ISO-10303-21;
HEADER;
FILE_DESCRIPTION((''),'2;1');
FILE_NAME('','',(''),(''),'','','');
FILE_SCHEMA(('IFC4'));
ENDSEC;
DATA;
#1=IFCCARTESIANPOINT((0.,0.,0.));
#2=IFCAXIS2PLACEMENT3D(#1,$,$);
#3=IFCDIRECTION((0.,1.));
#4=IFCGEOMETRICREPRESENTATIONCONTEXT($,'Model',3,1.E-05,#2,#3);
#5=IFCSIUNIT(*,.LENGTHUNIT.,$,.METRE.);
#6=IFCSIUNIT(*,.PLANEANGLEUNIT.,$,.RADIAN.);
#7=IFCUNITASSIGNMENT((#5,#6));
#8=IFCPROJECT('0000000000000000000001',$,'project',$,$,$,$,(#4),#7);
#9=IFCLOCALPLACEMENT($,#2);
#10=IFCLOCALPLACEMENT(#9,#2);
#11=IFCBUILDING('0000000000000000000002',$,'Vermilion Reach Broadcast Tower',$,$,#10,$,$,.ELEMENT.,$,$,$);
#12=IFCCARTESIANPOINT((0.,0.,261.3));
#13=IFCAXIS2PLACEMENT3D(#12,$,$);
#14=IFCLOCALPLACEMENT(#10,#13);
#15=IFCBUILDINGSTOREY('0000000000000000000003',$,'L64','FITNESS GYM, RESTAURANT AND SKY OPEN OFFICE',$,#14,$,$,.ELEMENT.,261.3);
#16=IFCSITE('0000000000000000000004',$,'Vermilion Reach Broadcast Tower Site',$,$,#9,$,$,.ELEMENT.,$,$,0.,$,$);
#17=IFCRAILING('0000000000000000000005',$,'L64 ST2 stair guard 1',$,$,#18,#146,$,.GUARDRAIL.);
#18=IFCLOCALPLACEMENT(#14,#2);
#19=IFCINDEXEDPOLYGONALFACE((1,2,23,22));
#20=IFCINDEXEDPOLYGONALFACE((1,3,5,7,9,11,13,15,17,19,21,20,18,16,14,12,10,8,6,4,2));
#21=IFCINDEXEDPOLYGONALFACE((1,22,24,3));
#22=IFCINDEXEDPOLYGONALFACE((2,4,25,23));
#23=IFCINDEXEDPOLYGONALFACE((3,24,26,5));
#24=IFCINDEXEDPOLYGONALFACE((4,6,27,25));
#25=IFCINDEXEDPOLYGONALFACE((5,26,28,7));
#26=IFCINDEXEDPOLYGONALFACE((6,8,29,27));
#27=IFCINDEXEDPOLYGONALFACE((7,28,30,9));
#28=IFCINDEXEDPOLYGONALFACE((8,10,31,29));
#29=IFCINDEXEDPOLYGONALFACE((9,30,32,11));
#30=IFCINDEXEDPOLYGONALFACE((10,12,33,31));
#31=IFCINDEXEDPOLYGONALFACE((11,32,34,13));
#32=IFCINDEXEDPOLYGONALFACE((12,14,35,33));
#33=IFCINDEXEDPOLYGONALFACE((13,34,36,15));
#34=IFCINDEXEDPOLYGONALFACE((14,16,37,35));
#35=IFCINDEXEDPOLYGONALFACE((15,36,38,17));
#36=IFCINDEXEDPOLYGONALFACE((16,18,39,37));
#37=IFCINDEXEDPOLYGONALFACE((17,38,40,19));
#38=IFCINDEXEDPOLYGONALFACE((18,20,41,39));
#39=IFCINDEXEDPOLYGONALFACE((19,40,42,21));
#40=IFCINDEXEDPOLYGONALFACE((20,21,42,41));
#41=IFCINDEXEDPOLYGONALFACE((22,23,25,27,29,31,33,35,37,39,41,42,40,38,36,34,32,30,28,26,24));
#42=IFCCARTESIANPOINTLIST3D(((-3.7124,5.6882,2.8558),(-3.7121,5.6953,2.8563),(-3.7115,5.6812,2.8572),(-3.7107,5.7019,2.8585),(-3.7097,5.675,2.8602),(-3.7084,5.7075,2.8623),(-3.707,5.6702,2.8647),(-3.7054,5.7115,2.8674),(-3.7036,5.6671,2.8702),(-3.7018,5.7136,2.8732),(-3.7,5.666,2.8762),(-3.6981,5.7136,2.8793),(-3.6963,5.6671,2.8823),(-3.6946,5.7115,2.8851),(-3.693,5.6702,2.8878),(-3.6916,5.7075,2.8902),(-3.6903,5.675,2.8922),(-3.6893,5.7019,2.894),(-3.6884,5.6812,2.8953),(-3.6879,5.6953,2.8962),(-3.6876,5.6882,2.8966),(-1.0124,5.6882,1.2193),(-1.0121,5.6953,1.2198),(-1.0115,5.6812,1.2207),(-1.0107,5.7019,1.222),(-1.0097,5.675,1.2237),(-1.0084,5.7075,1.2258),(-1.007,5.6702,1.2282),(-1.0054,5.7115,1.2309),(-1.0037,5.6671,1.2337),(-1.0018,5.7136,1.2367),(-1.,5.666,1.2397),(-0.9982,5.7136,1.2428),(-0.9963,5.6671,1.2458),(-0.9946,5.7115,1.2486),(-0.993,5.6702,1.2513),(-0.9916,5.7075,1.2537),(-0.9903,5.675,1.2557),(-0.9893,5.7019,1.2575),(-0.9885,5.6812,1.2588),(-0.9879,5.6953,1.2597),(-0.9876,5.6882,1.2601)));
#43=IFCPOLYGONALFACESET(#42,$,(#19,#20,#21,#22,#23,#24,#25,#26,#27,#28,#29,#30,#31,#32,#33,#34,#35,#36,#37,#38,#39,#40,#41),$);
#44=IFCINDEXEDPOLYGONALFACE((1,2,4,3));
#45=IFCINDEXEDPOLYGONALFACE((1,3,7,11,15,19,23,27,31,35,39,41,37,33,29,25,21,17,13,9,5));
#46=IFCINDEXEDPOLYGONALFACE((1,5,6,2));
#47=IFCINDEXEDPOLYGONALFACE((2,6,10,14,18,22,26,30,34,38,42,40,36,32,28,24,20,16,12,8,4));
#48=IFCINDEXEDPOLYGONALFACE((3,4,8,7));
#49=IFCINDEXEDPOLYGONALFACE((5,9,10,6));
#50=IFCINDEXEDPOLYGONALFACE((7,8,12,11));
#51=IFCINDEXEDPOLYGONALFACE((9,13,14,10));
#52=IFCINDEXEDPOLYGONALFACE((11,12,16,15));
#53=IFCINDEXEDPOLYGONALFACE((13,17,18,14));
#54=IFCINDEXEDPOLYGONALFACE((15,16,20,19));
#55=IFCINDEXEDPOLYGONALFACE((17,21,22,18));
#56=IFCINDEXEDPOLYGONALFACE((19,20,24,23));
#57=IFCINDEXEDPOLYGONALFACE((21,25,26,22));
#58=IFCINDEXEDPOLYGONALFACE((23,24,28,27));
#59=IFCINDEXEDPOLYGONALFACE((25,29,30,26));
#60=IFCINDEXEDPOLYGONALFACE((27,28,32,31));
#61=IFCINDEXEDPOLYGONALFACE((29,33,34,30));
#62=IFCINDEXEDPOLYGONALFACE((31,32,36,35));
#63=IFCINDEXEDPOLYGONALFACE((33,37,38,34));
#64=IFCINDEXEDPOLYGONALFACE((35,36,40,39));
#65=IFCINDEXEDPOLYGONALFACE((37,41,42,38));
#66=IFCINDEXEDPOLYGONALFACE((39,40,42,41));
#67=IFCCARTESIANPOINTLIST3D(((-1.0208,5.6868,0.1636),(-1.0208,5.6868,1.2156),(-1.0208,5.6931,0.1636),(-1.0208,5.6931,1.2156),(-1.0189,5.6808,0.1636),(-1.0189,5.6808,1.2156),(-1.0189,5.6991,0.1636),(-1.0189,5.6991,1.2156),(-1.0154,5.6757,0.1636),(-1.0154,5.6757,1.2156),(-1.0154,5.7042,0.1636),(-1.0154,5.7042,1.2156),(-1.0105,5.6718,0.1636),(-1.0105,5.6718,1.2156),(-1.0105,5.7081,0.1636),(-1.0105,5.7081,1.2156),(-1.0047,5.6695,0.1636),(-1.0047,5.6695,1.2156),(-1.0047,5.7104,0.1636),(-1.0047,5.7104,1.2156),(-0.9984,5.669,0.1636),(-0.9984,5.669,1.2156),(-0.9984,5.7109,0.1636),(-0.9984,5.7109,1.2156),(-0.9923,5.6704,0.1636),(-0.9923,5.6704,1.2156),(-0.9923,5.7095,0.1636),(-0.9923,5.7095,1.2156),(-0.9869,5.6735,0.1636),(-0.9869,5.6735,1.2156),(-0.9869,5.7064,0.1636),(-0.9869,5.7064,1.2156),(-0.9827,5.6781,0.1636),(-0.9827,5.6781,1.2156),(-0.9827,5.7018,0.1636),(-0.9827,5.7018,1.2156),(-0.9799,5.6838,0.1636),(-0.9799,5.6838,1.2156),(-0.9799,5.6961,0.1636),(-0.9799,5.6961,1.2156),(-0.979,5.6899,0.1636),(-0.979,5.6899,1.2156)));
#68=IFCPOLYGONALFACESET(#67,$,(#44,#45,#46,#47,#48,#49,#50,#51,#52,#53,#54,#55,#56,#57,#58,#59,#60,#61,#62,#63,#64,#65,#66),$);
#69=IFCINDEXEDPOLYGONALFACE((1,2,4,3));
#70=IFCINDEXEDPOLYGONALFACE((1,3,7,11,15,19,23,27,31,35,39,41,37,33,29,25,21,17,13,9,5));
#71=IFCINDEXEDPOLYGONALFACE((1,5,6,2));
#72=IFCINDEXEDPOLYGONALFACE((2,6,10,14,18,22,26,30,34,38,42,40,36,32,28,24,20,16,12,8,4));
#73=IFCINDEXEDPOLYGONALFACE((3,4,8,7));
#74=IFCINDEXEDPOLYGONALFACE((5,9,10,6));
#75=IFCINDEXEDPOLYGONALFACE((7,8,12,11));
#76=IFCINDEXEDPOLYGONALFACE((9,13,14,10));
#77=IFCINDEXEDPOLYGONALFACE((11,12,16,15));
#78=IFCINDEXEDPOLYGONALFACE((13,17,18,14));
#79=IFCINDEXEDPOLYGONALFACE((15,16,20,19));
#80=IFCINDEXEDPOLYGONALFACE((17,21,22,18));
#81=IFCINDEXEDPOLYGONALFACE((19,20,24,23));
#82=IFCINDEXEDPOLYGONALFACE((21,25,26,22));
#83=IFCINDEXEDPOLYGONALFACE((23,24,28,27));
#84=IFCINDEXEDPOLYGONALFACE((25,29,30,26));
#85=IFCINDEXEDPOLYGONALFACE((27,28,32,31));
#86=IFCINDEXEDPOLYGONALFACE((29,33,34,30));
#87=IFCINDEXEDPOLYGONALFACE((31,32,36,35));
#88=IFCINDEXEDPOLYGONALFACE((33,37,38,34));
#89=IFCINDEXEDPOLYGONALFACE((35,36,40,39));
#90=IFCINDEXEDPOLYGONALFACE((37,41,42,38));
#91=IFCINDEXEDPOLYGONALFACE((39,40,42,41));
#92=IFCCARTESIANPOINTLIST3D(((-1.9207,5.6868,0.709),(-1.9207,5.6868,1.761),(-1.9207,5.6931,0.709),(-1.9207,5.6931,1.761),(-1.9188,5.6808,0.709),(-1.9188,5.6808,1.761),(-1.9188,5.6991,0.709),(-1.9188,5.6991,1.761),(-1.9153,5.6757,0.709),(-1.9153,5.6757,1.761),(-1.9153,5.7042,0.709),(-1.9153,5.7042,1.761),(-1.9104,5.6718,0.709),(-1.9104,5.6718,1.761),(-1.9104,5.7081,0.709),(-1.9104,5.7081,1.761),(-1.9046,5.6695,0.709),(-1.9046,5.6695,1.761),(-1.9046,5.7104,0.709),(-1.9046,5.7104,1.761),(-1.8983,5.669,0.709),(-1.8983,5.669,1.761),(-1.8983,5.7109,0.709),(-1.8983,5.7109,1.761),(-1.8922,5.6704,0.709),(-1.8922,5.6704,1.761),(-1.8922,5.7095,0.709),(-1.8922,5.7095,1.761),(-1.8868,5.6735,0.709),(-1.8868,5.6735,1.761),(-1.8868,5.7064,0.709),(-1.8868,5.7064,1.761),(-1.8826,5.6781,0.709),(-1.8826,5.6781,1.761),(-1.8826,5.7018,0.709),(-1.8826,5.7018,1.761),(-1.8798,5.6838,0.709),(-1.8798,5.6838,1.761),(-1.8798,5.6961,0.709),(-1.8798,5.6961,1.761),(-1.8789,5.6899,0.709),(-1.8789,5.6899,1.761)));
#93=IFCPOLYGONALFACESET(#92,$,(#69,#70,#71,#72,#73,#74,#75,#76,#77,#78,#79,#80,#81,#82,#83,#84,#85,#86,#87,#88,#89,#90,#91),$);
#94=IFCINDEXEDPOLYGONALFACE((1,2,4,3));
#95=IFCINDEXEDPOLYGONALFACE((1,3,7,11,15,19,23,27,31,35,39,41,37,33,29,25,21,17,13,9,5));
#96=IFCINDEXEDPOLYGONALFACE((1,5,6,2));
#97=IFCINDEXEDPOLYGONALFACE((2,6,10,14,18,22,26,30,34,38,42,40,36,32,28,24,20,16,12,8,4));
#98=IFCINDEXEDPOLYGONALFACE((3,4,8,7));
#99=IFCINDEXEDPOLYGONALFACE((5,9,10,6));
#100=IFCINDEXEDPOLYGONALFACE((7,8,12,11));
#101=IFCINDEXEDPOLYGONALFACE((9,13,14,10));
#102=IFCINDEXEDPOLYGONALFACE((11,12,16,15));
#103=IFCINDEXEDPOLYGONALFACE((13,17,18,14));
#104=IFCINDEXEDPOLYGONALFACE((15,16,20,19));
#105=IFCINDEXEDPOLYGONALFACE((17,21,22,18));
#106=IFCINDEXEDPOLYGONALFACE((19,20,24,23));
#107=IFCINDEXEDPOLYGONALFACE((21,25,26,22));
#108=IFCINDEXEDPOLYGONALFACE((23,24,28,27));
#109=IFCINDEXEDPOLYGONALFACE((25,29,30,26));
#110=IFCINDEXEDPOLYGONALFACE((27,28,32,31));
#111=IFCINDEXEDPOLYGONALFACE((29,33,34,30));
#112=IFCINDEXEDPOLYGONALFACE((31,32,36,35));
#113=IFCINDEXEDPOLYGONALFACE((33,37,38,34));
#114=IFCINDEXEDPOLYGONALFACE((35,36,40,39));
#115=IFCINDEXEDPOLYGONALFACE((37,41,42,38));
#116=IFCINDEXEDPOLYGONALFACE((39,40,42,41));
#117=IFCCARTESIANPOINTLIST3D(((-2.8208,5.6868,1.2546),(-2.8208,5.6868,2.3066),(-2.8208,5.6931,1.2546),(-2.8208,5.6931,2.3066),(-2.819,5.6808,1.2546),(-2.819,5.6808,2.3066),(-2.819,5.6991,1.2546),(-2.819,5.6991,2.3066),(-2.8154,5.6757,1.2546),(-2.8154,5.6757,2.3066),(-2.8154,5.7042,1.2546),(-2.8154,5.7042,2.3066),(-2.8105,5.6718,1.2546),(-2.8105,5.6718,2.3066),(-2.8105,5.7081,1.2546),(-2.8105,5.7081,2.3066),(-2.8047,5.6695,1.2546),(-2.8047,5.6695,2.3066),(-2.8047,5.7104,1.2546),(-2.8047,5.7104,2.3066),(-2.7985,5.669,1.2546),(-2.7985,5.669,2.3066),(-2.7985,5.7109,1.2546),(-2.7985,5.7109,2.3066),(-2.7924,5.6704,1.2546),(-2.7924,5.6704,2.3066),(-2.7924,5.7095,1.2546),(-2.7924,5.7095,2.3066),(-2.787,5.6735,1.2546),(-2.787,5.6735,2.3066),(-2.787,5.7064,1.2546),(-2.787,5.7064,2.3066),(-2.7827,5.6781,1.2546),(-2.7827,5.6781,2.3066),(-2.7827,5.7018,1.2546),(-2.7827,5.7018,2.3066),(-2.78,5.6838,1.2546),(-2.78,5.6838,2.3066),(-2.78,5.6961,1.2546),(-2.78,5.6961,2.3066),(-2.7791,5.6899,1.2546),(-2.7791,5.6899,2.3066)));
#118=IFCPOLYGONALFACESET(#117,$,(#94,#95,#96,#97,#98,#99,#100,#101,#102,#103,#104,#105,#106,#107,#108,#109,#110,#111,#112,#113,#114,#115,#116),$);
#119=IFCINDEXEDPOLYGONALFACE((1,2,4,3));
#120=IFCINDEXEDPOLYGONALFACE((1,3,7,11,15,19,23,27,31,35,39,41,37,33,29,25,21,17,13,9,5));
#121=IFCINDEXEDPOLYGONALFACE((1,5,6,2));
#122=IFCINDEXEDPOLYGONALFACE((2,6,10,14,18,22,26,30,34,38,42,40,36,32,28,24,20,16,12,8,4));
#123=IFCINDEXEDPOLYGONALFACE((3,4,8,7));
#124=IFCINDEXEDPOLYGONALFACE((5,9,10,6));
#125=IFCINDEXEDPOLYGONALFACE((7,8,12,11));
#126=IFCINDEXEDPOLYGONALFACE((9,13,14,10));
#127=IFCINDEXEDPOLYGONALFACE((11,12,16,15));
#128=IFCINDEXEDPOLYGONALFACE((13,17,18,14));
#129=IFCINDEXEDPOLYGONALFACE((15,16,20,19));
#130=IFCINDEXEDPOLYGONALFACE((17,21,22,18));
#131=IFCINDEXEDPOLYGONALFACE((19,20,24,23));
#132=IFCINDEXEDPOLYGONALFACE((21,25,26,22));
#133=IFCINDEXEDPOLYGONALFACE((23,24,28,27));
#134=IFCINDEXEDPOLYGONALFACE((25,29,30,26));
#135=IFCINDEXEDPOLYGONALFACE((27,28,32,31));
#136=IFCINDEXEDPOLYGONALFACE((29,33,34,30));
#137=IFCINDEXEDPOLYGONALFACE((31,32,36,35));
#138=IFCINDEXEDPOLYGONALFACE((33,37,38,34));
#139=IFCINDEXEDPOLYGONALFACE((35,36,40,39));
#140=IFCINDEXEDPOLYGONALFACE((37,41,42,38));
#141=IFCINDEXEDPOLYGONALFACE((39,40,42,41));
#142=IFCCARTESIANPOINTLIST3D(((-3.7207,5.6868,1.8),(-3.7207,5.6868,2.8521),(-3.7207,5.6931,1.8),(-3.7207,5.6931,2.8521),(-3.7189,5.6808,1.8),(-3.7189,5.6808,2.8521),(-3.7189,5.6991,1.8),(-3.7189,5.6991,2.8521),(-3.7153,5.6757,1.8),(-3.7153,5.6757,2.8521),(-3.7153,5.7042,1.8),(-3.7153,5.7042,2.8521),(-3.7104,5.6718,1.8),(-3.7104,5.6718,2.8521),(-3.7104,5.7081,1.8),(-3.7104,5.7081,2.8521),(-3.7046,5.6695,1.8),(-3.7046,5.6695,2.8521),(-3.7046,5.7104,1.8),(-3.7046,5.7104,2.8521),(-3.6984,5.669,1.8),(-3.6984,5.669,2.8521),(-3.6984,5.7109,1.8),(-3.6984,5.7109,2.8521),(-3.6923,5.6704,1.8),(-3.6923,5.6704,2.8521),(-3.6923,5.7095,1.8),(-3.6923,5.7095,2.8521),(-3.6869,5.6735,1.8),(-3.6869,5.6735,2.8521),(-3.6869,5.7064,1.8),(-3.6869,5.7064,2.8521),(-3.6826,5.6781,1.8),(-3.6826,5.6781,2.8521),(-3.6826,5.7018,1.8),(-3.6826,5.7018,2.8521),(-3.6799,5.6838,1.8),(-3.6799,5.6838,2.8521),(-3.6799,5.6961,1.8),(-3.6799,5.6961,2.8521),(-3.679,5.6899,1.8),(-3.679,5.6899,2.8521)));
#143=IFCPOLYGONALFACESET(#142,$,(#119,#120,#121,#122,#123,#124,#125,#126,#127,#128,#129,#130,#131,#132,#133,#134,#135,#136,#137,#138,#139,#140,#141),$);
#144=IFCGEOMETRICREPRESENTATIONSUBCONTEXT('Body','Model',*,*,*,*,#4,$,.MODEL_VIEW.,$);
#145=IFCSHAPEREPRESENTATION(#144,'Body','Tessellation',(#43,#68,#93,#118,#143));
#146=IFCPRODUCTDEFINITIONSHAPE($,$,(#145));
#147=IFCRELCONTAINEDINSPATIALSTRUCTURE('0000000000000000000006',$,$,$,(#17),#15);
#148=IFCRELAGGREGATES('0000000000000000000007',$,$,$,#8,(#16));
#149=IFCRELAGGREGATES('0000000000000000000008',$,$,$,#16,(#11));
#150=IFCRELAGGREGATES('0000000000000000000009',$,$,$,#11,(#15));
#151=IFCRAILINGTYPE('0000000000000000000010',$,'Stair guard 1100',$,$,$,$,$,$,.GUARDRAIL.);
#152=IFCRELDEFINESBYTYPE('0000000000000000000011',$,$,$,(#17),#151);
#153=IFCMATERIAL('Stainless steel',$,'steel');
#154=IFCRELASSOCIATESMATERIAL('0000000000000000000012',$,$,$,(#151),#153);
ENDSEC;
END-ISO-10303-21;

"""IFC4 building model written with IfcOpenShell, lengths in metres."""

from ifc_helpers import new_model, si_unit, direction, frame, origin, origin_2d, place, context, subcontext, project, spatial, circle, extrude, material, type_object, element, save


model = new_model("IFC4")

# Units and contexts
model_context = context("Model", 3, precision=1e-05, world=origin(), true_north=direction((0.0, 1.0)))
body_context = subcontext(model_context, "Body", "Model", "MODEL_VIEW")
ifc_project = project(units=[si_unit("LENGTHUNIT", "METRE"), si_unit("PLANEANGLEUNIT", "RADIAN")], contexts=[model_context])

# Site, building, storey
site_placement = place(None, origin())
site = spatial("IfcSite", under=ifc_project, at=site_placement, Name="Vermilion Reach Broadcast Tower Site", CompositionType="ELEMENT", RefElevation=0.0)
building_placement = place(site_placement, origin())
building = spatial("IfcBuilding", under=site, at=building_placement, Name="Vermilion Reach Broadcast Tower", CompositionType="ELEMENT")
storey_placement = place(building_placement, frame((0.0, 0.0, 261.3)))
storey = spatial("IfcBuildingStorey", under=building, at=storey_placement, Name="L64", Description="FITNESS GYM, RESTAURANT AND SKY OPEN OFFICE", CompositionType="ELEMENT", Elevation=261.3)

# Railing
ifc_material_1 = material(Name="Stainless steel", Category="steel")
railing_type_1 = type_object("IfcRailingType", Name="Stair guard 1100", PredefinedType="GUARDRAIL", material=ifc_material_1)
railing_1_placement = place(storey_placement, frame((-1.0, 5.6899, 0.1636)))
element("IfcRailing", 1, at=railing_1_placement, inside=storey, type_object=railing_type_1, Name="L64 ST2 stair guard 1", PredefinedType="GUARDRAIL", context=body_context, shape_type="SweptSolid", body=[
    extrude(circle(Radius=0.0239, at=origin_2d()), frame((0.0, 0.0, 1.0762), z_axis=(-0.855178, 0.0, 0.518334), x_axis=(0.0, -1.0, 0.0)), (0.0, 0.0, 1.0), 3.1572),
    extrude(circle(Radius=0.021, at=origin_2d()), origin(), (0.0, 0.0, 1.0), 1.052),
    extrude(circle(Radius=0.021, at=origin_2d()), frame((-0.8999, 0.0, 0.5454)), (0.0, 0.0, 1.0), 1.052),
    extrude(circle(Radius=0.021, at=origin_2d()), frame((-1.8, 0.0, 1.0911)), (0.0, 0.0, 1.0), 1.052),
    extrude(circle(Radius=0.021, at=origin_2d()), frame((-2.7, 0.0, 1.6365)), (0.0, 0.0, 1.0), 1.052),
])

save(model, "model.ifc")
